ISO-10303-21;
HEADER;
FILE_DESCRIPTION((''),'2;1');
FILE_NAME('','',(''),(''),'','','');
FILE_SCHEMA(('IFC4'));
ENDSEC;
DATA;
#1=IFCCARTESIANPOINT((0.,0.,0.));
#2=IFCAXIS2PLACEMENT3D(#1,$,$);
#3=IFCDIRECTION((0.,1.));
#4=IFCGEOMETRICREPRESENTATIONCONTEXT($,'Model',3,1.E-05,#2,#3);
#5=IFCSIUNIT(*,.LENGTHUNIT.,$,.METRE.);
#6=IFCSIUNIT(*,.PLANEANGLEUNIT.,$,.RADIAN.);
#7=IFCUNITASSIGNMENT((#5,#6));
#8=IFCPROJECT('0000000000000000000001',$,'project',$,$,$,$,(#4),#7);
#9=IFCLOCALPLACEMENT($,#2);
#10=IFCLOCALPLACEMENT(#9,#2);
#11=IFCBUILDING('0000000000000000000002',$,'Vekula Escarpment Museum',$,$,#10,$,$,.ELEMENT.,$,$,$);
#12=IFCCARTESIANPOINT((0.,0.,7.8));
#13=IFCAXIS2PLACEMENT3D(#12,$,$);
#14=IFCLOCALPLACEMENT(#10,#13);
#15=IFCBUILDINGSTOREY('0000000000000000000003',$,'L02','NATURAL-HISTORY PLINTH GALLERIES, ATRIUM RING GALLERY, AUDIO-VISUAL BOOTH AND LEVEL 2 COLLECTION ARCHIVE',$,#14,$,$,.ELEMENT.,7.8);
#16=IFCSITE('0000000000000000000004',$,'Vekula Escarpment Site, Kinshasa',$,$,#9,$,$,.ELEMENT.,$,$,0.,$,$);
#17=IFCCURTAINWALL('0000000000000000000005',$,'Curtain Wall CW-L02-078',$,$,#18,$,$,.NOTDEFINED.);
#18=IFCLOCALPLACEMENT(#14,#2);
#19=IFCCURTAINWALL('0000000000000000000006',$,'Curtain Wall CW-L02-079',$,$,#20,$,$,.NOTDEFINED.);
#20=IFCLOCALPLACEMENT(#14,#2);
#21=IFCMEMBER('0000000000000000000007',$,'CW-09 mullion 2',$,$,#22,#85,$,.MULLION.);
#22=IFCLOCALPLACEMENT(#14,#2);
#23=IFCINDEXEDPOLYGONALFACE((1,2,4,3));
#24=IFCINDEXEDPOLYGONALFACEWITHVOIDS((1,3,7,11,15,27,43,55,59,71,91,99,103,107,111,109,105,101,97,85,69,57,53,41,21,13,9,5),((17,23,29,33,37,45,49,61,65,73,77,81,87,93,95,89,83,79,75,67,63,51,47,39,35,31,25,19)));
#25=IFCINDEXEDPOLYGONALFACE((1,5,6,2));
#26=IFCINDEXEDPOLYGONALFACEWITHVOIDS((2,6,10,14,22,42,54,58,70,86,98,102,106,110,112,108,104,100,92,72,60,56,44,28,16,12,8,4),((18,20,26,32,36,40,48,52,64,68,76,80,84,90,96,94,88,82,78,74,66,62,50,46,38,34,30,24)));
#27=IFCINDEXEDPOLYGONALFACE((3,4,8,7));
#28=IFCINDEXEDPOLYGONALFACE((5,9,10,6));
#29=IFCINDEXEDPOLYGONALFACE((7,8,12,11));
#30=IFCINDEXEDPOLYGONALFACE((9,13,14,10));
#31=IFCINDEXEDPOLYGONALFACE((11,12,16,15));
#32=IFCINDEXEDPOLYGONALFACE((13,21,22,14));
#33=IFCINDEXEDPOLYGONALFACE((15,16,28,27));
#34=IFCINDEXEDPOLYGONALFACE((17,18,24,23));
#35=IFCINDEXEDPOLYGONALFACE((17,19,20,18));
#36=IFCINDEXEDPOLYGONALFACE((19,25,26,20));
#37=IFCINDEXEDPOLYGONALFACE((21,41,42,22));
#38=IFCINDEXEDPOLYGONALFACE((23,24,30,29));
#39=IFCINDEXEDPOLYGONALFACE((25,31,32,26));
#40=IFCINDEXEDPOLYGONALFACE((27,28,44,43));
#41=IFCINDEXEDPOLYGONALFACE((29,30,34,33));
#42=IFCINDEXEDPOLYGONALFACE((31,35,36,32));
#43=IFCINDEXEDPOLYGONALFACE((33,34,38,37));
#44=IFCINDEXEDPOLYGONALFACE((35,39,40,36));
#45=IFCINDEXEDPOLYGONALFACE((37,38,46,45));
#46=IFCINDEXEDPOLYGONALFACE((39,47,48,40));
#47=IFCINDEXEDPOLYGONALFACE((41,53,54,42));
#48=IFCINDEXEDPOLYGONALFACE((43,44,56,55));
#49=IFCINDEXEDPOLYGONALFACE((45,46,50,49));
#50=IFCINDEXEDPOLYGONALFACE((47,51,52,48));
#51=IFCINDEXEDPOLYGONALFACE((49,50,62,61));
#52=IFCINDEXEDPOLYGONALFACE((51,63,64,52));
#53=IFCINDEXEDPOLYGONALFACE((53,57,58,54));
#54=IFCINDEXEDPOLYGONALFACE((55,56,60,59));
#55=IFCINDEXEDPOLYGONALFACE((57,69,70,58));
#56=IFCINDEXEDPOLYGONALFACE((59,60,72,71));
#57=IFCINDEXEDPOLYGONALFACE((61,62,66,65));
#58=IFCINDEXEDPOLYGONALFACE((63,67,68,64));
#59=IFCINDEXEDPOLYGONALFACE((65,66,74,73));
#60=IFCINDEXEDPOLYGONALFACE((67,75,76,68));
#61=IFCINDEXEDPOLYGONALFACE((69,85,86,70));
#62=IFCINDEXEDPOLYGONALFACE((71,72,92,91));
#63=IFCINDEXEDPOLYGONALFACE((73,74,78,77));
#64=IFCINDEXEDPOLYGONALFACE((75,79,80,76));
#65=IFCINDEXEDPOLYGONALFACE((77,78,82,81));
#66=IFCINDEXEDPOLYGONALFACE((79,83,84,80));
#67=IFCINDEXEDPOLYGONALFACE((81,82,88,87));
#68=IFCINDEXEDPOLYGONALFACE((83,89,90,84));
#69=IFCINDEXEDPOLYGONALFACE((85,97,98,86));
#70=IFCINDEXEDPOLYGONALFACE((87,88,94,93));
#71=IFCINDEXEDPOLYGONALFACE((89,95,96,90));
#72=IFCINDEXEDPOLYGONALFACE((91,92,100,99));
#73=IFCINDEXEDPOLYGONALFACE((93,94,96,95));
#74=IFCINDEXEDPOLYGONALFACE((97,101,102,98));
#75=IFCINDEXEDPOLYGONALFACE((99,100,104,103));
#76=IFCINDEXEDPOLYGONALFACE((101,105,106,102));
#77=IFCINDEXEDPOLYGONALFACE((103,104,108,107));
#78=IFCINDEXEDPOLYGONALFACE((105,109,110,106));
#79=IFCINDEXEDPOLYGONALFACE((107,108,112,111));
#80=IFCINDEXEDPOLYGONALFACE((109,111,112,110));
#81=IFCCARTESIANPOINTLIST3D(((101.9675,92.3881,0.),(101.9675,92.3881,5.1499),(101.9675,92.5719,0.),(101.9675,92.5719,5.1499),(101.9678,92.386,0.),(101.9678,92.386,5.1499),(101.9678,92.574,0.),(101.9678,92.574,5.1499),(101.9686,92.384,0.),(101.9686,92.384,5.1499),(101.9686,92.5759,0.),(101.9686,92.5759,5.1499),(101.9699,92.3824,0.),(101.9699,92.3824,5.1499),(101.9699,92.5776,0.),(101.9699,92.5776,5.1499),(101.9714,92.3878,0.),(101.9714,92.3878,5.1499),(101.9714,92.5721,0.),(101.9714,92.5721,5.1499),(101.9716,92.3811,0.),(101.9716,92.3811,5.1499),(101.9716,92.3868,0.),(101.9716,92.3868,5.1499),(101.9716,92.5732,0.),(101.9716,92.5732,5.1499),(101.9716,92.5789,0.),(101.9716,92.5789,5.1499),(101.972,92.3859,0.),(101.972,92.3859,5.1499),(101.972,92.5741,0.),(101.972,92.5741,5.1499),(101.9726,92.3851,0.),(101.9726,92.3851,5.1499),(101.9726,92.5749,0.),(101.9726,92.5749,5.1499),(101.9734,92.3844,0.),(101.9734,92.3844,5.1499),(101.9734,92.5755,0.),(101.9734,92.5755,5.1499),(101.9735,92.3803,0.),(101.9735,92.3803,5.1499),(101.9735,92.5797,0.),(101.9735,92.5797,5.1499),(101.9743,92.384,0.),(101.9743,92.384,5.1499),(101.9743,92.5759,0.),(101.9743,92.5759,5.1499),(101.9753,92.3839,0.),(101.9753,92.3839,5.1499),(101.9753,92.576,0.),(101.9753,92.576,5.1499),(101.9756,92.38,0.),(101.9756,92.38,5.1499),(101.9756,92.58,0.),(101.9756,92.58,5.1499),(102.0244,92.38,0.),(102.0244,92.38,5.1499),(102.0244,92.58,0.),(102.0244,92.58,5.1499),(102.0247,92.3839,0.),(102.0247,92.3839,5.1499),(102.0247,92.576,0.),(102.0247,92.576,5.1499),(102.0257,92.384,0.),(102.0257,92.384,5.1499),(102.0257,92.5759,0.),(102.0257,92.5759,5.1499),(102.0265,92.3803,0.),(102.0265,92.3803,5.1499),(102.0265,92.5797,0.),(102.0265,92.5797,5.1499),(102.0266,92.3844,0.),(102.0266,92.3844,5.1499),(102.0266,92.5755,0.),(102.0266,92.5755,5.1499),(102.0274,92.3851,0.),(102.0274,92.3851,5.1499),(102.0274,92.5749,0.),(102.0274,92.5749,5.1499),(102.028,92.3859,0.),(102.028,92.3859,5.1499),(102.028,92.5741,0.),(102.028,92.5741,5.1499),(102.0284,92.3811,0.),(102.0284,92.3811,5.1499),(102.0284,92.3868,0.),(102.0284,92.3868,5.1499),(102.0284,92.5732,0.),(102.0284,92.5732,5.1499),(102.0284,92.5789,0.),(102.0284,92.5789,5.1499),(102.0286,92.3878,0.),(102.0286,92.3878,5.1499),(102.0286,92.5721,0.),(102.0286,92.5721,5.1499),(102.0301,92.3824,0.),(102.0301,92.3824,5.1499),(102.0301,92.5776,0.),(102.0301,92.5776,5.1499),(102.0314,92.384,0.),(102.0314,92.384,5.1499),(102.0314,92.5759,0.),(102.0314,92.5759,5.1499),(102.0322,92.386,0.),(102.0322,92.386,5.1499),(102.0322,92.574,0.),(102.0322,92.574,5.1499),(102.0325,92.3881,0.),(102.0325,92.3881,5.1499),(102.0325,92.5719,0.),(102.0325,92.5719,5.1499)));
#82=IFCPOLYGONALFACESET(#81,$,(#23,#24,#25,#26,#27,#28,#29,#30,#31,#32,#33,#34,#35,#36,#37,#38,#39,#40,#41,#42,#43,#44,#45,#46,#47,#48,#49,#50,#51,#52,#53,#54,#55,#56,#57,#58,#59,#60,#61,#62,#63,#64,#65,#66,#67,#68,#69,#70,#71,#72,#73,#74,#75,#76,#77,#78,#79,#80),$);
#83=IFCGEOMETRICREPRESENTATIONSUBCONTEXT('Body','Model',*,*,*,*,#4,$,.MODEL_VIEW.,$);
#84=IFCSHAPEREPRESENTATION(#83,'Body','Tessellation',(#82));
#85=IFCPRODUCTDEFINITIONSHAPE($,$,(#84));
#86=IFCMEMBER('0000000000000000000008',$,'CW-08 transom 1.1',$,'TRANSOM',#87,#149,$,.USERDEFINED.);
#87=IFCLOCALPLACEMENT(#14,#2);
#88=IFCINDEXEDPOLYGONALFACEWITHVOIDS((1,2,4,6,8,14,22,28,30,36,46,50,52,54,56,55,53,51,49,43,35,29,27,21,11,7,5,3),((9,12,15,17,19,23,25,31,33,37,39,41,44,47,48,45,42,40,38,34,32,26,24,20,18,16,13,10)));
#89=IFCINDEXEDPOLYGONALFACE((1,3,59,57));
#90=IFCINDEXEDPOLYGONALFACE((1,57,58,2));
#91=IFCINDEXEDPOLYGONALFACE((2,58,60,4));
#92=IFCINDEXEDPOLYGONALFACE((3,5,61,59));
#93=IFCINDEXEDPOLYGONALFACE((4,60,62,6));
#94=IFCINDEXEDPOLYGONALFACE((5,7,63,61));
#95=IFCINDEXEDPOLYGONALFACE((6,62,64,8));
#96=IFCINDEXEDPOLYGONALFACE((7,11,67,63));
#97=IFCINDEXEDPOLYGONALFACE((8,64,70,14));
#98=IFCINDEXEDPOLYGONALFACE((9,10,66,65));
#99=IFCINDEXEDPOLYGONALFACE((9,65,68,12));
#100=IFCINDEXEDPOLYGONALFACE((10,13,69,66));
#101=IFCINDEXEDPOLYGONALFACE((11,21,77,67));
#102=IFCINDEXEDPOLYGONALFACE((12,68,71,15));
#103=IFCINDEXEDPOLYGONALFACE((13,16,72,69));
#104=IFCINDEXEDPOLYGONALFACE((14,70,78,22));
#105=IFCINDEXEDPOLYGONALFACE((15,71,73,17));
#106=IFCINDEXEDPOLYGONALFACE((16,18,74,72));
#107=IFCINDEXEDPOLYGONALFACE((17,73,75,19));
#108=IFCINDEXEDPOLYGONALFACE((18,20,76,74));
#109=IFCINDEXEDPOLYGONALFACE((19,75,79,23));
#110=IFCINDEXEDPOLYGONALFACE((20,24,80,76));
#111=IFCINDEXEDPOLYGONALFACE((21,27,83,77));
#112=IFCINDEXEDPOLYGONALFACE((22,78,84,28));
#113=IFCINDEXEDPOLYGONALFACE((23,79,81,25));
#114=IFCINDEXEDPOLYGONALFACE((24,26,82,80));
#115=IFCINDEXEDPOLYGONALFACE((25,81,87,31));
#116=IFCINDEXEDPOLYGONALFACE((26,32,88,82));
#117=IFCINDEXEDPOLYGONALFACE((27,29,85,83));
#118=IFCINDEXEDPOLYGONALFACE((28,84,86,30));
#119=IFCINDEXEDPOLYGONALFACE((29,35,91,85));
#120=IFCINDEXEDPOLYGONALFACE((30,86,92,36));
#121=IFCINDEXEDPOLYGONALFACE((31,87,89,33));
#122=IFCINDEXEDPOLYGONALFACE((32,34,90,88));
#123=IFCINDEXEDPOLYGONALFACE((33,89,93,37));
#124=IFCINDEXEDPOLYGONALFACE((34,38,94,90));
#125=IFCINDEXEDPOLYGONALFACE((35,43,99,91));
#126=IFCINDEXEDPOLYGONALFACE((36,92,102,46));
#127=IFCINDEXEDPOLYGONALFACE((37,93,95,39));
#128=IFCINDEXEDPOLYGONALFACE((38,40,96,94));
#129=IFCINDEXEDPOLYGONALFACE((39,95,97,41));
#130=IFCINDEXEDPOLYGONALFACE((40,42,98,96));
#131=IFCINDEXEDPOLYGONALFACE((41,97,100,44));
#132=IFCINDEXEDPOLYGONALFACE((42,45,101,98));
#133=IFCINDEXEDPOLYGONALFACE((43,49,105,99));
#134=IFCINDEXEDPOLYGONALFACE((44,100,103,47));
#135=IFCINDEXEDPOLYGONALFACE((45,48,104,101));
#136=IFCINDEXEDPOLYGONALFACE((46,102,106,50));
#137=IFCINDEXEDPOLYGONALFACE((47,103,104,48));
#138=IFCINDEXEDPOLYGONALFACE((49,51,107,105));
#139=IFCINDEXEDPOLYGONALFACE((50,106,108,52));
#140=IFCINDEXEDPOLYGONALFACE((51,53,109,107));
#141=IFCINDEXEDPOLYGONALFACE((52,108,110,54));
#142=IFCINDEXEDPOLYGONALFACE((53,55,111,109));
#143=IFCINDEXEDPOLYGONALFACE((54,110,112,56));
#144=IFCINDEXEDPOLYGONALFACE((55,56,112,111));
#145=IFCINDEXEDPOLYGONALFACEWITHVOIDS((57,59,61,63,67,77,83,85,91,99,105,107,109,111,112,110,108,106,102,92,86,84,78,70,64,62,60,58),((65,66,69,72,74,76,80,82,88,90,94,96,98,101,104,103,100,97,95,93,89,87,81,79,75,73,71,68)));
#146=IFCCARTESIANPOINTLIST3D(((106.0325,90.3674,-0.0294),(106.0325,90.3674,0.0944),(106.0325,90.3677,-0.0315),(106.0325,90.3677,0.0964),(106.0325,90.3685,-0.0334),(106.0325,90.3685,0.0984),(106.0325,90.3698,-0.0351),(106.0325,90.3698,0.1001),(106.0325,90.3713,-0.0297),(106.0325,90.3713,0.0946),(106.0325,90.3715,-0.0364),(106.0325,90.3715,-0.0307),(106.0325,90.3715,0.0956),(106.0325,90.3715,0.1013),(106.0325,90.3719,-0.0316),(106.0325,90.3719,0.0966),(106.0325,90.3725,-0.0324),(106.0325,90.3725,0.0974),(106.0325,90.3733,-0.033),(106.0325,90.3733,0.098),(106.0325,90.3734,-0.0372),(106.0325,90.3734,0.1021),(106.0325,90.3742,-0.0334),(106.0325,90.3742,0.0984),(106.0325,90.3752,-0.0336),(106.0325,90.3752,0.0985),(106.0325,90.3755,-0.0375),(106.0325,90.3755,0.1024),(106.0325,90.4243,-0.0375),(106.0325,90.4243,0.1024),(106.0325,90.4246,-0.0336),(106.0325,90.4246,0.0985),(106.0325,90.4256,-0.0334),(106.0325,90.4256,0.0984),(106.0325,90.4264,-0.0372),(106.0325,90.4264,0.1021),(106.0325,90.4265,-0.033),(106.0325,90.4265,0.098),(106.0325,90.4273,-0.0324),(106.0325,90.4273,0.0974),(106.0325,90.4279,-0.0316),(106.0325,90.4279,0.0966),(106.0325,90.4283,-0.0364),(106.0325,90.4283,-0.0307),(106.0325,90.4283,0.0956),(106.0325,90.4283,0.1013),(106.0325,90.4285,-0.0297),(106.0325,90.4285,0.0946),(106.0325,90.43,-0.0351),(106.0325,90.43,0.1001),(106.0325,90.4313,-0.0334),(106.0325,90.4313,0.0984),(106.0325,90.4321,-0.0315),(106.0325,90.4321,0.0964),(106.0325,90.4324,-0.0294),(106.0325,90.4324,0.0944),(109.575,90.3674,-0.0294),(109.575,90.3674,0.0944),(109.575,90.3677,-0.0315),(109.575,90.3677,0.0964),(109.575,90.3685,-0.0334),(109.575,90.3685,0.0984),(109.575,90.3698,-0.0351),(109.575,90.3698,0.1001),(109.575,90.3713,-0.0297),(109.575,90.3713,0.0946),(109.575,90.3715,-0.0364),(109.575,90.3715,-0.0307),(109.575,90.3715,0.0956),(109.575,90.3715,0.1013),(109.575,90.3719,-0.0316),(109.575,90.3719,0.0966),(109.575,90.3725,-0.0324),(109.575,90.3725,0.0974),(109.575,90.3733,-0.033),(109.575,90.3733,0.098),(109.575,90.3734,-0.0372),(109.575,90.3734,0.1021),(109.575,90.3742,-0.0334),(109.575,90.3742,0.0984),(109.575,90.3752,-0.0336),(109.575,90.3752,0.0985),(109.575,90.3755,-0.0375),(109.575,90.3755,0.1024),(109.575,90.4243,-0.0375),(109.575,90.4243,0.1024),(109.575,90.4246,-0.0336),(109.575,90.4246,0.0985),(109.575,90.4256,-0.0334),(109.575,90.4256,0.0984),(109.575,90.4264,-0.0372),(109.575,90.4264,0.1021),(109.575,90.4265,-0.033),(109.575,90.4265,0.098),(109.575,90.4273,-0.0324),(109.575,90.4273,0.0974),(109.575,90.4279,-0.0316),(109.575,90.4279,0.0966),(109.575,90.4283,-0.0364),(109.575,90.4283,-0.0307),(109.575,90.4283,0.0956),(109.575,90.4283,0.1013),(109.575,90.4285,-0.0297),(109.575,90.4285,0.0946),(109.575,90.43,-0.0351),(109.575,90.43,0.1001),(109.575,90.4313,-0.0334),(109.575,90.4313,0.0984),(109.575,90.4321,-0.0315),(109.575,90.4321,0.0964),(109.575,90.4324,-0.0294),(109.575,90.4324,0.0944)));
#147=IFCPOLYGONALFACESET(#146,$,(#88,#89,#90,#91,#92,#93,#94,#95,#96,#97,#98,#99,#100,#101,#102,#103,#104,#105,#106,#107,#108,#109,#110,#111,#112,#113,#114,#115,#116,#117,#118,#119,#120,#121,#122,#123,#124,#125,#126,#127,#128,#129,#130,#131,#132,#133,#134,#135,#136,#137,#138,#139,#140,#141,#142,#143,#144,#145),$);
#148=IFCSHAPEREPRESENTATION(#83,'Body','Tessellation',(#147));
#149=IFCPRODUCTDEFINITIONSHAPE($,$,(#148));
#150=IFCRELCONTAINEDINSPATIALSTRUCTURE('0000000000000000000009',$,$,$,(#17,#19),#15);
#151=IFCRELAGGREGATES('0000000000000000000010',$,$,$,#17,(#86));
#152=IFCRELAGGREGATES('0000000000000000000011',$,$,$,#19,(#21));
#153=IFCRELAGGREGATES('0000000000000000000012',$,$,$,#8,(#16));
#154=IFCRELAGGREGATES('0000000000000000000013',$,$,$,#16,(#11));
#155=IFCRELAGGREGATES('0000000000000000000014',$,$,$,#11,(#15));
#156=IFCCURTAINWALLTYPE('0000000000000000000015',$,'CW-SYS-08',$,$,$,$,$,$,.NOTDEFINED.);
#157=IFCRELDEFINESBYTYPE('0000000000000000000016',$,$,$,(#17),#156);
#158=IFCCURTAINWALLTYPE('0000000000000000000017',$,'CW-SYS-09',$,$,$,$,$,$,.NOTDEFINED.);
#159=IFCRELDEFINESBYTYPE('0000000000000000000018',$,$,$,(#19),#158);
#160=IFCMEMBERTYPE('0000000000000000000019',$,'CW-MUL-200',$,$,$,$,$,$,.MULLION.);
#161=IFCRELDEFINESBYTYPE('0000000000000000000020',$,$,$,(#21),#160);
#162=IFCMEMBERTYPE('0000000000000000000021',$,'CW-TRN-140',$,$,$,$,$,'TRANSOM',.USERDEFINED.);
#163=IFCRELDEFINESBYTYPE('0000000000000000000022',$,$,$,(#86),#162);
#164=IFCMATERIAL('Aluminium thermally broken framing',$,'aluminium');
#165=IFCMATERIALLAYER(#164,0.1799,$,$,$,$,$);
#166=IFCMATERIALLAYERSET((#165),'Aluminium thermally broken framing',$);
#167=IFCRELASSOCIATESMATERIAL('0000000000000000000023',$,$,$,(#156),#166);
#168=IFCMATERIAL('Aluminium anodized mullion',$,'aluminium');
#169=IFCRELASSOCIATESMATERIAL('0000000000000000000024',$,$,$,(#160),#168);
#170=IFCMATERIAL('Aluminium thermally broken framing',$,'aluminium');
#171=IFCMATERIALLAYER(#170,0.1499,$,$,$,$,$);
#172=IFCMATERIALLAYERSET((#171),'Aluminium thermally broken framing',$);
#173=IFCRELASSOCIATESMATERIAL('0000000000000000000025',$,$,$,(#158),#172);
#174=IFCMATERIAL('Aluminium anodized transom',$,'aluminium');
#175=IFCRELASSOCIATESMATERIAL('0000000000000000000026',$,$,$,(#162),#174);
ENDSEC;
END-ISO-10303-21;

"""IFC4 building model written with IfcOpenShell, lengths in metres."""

from ifc_helpers import new_model, si_unit, direction, frame, origin, origin_2d, place, context, subcontext, project, spatial, hollow_rectangle, extrude, material, layer, layer_set, material_profile, profile_set, type_object, element, aggregate, save


model = new_model("IFC4")

# Units and contexts
model_context = context("Model", 3, precision=1e-05, world=origin(), true_north=direction((0.0, 1.0)))
body_context = subcontext(model_context, "Body", "Model", "MODEL_VIEW")
ifc_project = project(units=[si_unit("LENGTHUNIT", "METRE"), si_unit("PLANEANGLEUNIT", "RADIAN")], contexts=[model_context])

# Site, building, storey
site_placement = place(None, origin())
site = spatial("IfcSite", under=ifc_project, at=site_placement, Name="Vekula Escarpment Site, Kinshasa", CompositionType="ELEMENT", RefElevation=0.0)
building_placement = place(site_placement, origin())
building = spatial("IfcBuilding", under=site, at=building_placement, Name="Vekula Escarpment Museum", CompositionType="ELEMENT")
storey_placement = place(building_placement, frame((0.0, 0.0, 7.8)))
storey = spatial("IfcBuildingStorey", under=building, at=storey_placement, Name="L02", Description="NATURAL-HISTORY PLINTH GALLERIES, ATRIUM RING GALLERY, AUDIO-VISUAL BOOTH AND LEVEL 2 COLLECTION ARCHIVE", CompositionType="ELEMENT", Elevation=7.8)

# Curtain wall
ifc_material_1 = material(Name="Aluminium thermally broken framing", Category="aluminium")
ifc_layer_1 = layer(ifc_material_1, 0.1799)
ifc_layer_set_1 = layer_set([ifc_layer_1], Name="Aluminium thermally broken framing")
curtain_wall_type_1 = type_object("IfcCurtainWallType", Name="CW-SYS-08", PredefinedType="NOTDEFINED", material=ifc_layer_set_1)
curtain_wall_1_placement = place(storey_placement, origin())
curtain_wall_1 = element("IfcCurtainWall", 1, at=curtain_wall_1_placement, inside=storey, type_object=curtain_wall_type_1, Name="Curtain Wall CW-L02-078", PredefinedType="NOTDEFINED")
ifc_material_2 = material(Name="Aluminium anodized mullion", Category="aluminium")
ifc_material_profile_1 = material_profile(ifc_material_2, hollow_rectangle(XDim=0.0649, YDim=0.2, WallThickness=0.0039, InnerFilletRadius=0.0039, OuterFilletRadius=0.0081, at=origin_2d()), Name="ALU 200x65x4")
ifc_profile_set_1 = profile_set([ifc_material_profile_1], Name="Aluminium anodized mullion")
member_type_1 = type_object("IfcMemberType", Name="CW-MUL-200", PredefinedType="MULLION", material=ifc_profile_set_1)

# Curtain wall, member
ifc_material_3 = material(Name="Aluminium thermally broken framing", Category="aluminium")
ifc_layer_2 = layer(ifc_material_3, 0.1499)
ifc_layer_set_2 = layer_set([ifc_layer_2], Name="Aluminium thermally broken framing")
curtain_wall_type_2 = type_object("IfcCurtainWallType", Name="CW-SYS-09", PredefinedType="NOTDEFINED", material=ifc_layer_set_2)
curtain_wall_2_placement = place(storey_placement, origin())
curtain_wall_2 = element("IfcCurtainWall", 2, at=curtain_wall_2_placement, inside=storey, type_object=curtain_wall_type_2, Name="Curtain Wall CW-L02-079", PredefinedType="NOTDEFINED")
member_1_placement = place(storey_placement, frame((102.0, 92.48, 0.0), z_axis=(0.0, 0.0, 1.0), x_axis=(-1.0, 0.0, 0.0)))
member_1 = element("IfcMember", 3, at=member_1_placement, type_object=member_type_1, Name="CW-09 mullion 2", PredefinedType="MULLION", context=body_context, shape_type="SweptSolid", body=[
    extrude(hollow_rectangle(XDim=0.0649, YDim=0.2, WallThickness=0.0039, InnerFilletRadius=0.0039, OuterFilletRadius=0.0081, at=origin_2d()), origin(), (0.0, 0.0, 1.0), 5.1499),
])

# Member
ifc_material_4 = material(Name="Aluminium anodized transom", Category="aluminium")
ifc_material_profile_2 = material_profile(ifc_material_4, hollow_rectangle(XDim=0.0649, YDim=0.1399, WallThickness=0.0039, InnerFilletRadius=0.0039, OuterFilletRadius=0.0081, at=origin_2d()), Name="ALU 140x65x4")
ifc_profile_set_2 = profile_set([ifc_material_profile_2], Name="Aluminium anodized transom")
member_type_2 = type_object("IfcMemberType", Name="CW-TRN-140", ElementType="TRANSOM", PredefinedType="USERDEFINED", material=ifc_profile_set_2)
member_2_placement = place(storey_placement, frame((109.575, 90.3999, 0.0325), z_axis=(-1.0, 0.0, 0.0), x_axis=(0.0, -1.0, 0.0)))
member_2 = element("IfcMember", 4, at=member_2_placement, type_object=member_type_2, Name="CW-08 transom 1.1", ObjectType="TRANSOM", PredefinedType="USERDEFINED", context=body_context, shape_type="SweptSolid", body=[
    extrude(hollow_rectangle(XDim=0.0649, YDim=0.1399, WallThickness=0.0039, InnerFilletRadius=0.0039, OuterFilletRadius=0.0081, at=origin_2d()), origin(), (0.0, 0.0, 1.0), 3.5425),
])

aggregate(curtain_wall_1, [member_2])
aggregate(curtain_wall_2, [member_1])

save(model, "model.ifc")
